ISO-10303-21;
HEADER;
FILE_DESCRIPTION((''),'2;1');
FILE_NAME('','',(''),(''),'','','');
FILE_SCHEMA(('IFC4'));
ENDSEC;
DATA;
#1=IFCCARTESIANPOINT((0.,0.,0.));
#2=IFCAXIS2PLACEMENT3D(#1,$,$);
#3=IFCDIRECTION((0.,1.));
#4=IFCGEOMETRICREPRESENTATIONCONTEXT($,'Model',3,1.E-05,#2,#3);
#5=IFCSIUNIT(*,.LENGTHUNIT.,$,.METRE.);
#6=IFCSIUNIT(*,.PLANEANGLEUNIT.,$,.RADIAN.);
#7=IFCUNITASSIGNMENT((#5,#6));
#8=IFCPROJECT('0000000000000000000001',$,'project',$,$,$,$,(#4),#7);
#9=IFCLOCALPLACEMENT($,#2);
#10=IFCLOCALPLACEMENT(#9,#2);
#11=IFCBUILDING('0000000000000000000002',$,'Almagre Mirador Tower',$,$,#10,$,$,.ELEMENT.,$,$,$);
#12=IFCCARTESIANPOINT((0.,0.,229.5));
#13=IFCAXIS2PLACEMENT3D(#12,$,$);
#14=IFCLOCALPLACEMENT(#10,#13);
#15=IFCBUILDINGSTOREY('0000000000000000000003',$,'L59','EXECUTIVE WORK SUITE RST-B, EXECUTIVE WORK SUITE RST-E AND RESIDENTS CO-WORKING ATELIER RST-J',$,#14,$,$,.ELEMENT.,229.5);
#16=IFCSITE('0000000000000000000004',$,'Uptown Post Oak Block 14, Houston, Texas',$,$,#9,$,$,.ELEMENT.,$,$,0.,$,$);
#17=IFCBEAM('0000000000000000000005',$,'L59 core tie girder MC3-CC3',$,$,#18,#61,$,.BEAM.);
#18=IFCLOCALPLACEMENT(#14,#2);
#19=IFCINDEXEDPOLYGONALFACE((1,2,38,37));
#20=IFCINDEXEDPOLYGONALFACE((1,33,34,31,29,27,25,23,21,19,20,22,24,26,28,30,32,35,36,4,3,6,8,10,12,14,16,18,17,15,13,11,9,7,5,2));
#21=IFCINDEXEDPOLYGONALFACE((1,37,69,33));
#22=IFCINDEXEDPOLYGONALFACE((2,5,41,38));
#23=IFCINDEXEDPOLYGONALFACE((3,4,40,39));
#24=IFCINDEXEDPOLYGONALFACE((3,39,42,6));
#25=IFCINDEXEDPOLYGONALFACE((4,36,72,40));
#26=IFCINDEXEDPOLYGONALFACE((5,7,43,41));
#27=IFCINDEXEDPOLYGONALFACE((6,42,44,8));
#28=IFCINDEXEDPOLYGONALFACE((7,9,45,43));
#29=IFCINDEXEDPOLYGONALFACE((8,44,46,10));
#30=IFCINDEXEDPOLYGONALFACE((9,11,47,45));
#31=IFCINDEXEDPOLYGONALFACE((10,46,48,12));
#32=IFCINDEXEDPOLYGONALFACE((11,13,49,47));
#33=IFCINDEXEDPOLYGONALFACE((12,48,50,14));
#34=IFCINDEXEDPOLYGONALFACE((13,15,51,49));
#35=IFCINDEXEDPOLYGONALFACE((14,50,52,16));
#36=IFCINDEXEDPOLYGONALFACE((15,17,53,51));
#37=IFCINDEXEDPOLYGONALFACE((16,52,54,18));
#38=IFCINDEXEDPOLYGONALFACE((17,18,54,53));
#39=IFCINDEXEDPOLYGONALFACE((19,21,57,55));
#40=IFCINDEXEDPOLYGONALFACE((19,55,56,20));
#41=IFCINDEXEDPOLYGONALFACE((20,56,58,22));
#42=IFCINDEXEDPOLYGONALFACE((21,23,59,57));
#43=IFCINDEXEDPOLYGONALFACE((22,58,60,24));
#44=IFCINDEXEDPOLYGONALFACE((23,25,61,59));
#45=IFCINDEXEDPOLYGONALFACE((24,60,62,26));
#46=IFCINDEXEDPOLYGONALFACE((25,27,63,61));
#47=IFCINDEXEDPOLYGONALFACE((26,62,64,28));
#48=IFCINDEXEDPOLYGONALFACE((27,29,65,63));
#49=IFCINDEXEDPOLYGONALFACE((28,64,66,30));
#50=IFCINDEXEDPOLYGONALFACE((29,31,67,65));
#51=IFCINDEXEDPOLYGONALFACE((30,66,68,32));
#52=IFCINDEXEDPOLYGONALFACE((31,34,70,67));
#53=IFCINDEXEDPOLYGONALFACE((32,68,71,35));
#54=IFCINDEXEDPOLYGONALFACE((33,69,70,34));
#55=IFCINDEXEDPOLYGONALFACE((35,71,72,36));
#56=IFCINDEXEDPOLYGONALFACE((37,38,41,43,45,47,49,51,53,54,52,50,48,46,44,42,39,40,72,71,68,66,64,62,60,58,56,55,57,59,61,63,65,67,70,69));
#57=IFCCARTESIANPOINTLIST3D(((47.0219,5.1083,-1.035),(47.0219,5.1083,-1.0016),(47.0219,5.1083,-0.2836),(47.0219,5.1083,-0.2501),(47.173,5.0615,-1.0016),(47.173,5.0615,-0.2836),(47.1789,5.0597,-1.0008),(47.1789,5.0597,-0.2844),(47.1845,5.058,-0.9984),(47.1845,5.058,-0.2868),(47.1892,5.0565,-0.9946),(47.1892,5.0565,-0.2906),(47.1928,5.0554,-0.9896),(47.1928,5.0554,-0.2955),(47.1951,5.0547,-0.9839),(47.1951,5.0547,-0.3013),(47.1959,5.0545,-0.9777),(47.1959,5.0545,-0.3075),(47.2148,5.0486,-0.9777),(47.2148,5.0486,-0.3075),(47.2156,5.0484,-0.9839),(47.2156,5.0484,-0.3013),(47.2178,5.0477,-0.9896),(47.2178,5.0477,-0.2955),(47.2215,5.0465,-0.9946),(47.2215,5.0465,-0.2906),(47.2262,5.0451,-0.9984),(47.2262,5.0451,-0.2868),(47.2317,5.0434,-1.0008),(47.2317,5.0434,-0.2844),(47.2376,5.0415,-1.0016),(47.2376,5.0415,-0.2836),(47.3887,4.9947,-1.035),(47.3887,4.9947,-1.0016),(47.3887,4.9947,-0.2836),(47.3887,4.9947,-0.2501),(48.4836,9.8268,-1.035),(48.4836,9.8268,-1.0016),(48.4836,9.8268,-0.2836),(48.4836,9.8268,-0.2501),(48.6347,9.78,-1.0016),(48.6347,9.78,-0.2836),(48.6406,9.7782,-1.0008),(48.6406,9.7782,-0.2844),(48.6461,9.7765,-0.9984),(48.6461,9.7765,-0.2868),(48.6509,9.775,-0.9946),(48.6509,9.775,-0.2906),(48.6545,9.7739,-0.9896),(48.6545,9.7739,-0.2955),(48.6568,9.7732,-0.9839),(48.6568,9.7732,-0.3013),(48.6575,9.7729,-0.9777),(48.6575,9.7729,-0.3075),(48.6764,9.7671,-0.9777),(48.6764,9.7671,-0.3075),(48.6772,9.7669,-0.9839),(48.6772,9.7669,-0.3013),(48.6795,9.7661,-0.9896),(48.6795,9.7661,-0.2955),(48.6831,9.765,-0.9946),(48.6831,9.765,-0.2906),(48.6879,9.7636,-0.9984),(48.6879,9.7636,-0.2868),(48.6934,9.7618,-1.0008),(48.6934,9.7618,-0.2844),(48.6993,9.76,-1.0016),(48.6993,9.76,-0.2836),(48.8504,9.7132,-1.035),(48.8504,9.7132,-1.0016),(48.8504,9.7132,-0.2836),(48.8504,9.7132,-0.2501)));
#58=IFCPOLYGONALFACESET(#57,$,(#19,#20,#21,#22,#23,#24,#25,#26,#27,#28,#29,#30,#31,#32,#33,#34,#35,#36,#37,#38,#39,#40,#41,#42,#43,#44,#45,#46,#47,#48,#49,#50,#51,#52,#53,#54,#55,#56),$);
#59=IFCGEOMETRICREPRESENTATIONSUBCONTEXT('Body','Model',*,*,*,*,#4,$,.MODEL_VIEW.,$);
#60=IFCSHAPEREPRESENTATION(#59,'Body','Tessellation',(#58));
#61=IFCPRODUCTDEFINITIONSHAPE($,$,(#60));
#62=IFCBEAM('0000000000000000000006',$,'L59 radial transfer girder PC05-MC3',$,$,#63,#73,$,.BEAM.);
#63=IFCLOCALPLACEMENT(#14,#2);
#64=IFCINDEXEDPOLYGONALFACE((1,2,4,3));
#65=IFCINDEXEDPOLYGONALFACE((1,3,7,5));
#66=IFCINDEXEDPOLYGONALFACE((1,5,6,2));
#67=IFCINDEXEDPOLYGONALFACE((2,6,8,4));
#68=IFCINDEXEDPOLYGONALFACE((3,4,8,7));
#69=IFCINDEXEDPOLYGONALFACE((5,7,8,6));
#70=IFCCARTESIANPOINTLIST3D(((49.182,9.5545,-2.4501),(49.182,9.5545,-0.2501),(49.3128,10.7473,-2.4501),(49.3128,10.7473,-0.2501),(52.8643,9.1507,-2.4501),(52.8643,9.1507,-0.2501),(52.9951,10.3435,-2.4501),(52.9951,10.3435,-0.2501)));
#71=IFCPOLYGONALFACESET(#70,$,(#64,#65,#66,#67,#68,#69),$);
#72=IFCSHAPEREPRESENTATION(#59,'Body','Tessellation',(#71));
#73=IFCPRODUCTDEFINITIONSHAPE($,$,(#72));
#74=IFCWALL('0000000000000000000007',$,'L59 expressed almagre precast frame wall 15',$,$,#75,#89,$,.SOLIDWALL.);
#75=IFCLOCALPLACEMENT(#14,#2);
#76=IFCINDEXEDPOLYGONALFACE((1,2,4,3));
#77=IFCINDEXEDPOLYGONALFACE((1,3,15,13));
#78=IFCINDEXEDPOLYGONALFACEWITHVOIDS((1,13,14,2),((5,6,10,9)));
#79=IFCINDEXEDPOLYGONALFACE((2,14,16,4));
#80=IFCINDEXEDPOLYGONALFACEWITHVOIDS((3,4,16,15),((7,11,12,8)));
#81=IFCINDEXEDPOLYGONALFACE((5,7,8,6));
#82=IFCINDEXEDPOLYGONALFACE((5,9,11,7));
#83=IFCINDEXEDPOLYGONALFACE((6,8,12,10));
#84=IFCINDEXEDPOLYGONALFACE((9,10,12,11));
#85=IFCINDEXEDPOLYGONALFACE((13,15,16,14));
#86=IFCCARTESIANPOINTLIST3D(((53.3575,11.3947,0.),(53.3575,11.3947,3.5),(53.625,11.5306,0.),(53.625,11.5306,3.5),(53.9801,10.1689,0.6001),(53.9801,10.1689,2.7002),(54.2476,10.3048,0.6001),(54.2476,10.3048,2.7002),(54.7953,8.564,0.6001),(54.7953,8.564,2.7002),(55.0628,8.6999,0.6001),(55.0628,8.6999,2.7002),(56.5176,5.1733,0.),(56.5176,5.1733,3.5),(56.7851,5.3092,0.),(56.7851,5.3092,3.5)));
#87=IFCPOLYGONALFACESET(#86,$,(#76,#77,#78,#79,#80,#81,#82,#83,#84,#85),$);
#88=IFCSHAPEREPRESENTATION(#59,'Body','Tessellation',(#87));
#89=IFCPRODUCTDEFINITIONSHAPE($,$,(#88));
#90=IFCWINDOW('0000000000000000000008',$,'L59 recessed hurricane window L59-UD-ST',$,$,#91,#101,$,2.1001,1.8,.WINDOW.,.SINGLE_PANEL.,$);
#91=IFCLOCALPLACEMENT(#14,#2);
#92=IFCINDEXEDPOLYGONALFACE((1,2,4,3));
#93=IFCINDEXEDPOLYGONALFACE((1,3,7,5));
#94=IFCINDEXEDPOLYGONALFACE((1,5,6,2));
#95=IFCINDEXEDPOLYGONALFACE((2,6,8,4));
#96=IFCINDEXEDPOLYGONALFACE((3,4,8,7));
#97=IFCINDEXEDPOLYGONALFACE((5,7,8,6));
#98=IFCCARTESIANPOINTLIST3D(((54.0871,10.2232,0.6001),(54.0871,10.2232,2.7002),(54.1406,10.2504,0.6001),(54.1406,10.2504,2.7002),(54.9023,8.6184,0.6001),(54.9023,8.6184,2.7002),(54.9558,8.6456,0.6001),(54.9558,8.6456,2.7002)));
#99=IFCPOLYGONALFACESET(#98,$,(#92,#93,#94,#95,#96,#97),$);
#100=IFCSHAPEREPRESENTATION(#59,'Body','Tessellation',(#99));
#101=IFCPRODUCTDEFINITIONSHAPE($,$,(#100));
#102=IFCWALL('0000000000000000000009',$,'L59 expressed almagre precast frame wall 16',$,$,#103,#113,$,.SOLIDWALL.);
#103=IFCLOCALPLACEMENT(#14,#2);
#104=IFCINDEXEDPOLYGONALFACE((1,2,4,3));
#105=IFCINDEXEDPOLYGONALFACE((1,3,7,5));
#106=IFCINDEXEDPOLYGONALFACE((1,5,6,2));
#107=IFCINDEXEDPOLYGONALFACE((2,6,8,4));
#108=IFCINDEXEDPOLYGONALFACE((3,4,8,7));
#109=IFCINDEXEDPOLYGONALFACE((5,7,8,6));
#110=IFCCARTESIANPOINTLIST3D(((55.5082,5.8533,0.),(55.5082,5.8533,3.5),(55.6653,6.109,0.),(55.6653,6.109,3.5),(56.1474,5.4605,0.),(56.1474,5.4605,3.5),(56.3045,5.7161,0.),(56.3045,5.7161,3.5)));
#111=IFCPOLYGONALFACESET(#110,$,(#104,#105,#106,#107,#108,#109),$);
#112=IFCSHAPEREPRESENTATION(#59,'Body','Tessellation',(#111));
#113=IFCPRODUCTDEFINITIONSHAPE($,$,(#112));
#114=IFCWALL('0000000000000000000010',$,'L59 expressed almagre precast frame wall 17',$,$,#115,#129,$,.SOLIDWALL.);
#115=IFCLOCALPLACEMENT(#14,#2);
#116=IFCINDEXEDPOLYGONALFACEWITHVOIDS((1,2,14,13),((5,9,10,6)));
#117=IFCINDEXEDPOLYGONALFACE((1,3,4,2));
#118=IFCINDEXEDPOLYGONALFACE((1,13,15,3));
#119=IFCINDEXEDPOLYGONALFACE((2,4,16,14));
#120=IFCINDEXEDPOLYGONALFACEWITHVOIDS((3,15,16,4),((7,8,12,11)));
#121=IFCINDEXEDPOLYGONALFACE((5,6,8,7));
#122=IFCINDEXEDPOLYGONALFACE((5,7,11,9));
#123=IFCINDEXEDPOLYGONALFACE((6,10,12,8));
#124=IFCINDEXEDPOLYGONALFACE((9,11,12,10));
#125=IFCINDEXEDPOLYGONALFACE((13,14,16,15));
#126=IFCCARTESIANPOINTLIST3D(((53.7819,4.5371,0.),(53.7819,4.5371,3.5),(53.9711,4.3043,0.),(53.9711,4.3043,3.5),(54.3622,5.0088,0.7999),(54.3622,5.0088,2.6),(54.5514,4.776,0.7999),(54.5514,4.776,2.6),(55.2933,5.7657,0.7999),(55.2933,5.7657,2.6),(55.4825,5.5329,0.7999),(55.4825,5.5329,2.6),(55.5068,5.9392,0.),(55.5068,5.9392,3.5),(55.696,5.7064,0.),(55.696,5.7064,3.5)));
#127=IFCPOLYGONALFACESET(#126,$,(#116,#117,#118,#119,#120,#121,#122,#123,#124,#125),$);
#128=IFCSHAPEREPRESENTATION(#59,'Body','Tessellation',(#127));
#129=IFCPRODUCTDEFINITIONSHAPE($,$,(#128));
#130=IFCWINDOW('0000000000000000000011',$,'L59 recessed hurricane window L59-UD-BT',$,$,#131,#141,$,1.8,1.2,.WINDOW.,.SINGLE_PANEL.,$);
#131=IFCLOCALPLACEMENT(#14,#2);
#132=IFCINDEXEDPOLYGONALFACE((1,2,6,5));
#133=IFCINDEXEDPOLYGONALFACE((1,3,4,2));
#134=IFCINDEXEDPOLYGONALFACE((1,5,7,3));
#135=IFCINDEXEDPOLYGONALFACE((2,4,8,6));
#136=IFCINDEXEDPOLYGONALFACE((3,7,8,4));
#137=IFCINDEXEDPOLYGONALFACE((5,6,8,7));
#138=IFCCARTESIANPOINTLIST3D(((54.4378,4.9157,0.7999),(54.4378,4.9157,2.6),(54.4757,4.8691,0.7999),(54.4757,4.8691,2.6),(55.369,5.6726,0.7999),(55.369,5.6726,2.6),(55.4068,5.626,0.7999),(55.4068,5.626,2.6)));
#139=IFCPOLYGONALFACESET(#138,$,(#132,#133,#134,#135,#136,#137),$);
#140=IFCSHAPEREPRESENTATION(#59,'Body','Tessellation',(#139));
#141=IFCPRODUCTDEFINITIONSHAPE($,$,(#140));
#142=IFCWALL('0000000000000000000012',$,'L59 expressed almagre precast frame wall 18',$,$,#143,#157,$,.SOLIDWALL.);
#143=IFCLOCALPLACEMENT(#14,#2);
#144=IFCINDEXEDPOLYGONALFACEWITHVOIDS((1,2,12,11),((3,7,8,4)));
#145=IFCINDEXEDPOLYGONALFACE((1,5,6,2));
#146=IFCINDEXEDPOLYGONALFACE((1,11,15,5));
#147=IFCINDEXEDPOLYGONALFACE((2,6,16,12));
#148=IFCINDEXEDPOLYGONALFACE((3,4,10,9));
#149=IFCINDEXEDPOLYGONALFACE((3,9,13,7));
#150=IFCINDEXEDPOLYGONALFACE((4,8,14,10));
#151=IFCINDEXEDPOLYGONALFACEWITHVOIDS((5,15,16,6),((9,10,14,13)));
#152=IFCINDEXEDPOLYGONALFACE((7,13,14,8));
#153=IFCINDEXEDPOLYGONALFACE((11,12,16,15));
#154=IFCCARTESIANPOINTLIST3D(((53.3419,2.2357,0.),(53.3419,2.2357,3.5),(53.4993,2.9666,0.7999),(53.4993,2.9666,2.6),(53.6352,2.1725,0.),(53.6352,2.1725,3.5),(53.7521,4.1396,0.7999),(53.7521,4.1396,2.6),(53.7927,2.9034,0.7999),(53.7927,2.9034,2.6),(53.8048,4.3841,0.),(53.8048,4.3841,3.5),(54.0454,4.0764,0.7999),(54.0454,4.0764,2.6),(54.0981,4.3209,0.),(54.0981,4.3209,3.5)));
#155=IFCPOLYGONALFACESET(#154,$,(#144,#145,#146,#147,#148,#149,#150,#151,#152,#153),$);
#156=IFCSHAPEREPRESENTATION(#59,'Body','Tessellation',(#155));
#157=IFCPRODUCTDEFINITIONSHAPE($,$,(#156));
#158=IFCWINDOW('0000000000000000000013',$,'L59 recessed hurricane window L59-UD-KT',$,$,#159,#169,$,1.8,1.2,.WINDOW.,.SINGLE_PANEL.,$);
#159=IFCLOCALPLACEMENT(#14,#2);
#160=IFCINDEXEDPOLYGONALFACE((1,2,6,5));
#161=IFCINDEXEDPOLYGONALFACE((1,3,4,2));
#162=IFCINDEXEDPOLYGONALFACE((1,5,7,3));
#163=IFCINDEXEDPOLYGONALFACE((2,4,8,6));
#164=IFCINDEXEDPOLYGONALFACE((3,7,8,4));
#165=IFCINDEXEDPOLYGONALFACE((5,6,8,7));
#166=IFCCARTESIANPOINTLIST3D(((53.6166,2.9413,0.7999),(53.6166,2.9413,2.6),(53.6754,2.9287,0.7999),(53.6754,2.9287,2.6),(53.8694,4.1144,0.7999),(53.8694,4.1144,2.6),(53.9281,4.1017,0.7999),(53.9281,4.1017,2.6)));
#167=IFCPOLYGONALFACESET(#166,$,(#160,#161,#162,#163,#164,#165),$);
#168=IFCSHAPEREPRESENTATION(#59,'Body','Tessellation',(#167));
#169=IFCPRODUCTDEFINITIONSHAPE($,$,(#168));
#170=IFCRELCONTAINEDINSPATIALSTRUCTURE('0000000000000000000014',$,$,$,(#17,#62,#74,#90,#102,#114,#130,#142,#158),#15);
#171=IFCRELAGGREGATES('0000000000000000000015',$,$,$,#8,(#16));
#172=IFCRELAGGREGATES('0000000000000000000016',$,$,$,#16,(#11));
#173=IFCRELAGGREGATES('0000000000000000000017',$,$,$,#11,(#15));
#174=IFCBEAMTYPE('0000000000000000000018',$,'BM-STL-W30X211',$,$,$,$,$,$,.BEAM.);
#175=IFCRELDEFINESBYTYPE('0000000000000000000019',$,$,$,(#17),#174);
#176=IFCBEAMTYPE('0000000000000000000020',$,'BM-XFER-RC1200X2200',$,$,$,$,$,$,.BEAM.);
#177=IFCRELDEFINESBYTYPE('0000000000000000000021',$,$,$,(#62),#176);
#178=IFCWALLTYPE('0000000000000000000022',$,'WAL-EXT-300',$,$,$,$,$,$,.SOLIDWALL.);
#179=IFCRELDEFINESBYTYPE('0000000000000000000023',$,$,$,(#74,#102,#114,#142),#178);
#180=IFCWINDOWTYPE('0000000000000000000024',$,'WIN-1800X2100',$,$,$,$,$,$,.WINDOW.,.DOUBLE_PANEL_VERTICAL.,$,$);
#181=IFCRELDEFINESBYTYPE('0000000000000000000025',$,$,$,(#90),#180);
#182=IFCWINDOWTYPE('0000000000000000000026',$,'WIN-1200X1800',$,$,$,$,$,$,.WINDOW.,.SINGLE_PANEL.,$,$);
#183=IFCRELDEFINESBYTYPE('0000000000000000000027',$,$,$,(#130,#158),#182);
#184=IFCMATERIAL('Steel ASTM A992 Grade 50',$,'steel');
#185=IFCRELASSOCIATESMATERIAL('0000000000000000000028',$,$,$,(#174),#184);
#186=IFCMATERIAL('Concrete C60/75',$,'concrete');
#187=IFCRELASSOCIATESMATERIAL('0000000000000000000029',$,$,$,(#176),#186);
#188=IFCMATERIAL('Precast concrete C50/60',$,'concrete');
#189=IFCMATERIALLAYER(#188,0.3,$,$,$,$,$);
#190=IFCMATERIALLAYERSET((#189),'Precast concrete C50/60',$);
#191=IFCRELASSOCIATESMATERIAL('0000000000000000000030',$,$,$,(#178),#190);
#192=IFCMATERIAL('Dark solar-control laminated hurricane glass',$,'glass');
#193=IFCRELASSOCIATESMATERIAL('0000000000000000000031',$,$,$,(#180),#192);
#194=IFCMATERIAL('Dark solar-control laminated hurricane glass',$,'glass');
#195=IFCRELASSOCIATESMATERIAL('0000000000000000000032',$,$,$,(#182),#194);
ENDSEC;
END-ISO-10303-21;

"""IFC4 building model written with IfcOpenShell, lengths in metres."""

from ifc_helpers import new_model, si_unit, direction, frame, frame_2d, origin, origin_2d, place, context, subcontext, project, spatial, rectangle, i_section, extrude, material, layer, layer_set, material_profile, profile_set, type_object, element, fill, save


model = new_model("IFC4")

# Units and contexts
model_context = context("Model", 3, precision=1e-05, world=origin(), true_north=direction((0.0, 1.0)))
body_context = subcontext(model_context, "Body", "Model", "MODEL_VIEW")
ifc_project = project(units=[si_unit("LENGTHUNIT", "METRE"), si_unit("PLANEANGLEUNIT", "RADIAN")], contexts=[model_context])

# Site, building, storey
site_placement = place(None, origin())
site = spatial("IfcSite", under=ifc_project, at=site_placement, Name="Uptown Post Oak Block 14, Houston, Texas", CompositionType="ELEMENT", RefElevation=0.0)
building_placement = place(site_placement, origin())
building = spatial("IfcBuilding", under=site, at=building_placement, Name="Almagre Mirador Tower", CompositionType="ELEMENT")
storey_placement = place(building_placement, frame((0.0, 0.0, 229.5)))
storey = spatial("IfcBuildingStorey", under=building, at=storey_placement, Name="L59", Description="EXECUTIVE WORK SUITE RST-B, EXECUTIVE WORK SUITE RST-E AND RESIDENTS CO-WORKING ATELIER RST-J", CompositionType="ELEMENT", Elevation=229.5)

# Beams
ifc_material_1 = material(Name="Steel ASTM A992 Grade 50", Category="steel")
ifc_material_profile_1 = material_profile(ifc_material_1, i_section(OverallWidth=0.384, OverallDepth=0.7849, WebThickness=0.0198, FlangeThickness=0.0334, FilletRadius=0.0239, at=origin_2d()), Name="W30X211")
ifc_profile_set_1 = profile_set([ifc_material_profile_1], Name="Steel ASTM A992 Grade 50")
beam_type_1 = type_object("IfcBeamType", Name="BM-STL-W30X211", PredefinedType="BEAM", material=ifc_profile_set_1)
beam_1_placement = place(storey_placement, frame((48.667, 9.77, -0.6426), z_axis=(-0.295902, -0.955218, 0.0), x_axis=(0.955218, -0.295902, 0.0)))
element("IfcBeam", 1, at=beam_1_placement, inside=storey, type_object=beam_type_1, Name="L59 core tie girder MC3-CC3", PredefinedType="BEAM", context=body_context, shape_type="SweptSolid", body=[
    extrude(i_section(OverallWidth=0.384, OverallDepth=0.7849, WebThickness=0.0198, FlangeThickness=0.0334, FilletRadius=0.0239, at=origin_2d()), origin(), (0.0, 0.0, 1.0), 4.9397),
])
ifc_material_2 = material(Name="Concrete C60/75", Category="concrete")
ifc_material_profile_2 = material_profile(ifc_material_2, rectangle(XDim=1.2, YDim=2.2, at=origin_2d()), Name="RC1200X2200")
ifc_profile_set_2 = profile_set([ifc_material_profile_2], Name="Concrete C60/75")
beam_type_2 = type_object("IfcBeamType", Name="BM-XFER-RC1200X2200", PredefinedType="BEAM", material=ifc_profile_set_2)
beam_2_placement = place(storey_placement, frame((52.9297, 9.7471, -1.3501), z_axis=(-0.994041, 0.109006, 0.0), x_axis=(-0.109006, -0.994041, 0.0)))
element("IfcBeam", 2, at=beam_2_placement, inside=storey, type_object=beam_type_2, Name="L59 radial transfer girder PC05-MC3", PredefinedType="BEAM", context=body_context, shape_type="SweptSolid", body=[
    extrude(rectangle(XDim=1.2, YDim=2.2, at=origin_2d()), origin(), (0.0, 0.0, 1.0), 3.7043),
])

# Wall, opening, window
ifc_material_3 = material(Name="Precast concrete C50/60", Category="concrete")
ifc_layer_1 = layer(ifc_material_3, 0.3)
ifc_layer_set_1 = layer_set([ifc_layer_1], Name="Precast concrete C50/60")
wall_type_1 = type_object("IfcWallType", Name="WAL-EXT-300", PredefinedType="SOLIDWALL", material=ifc_layer_set_1)
wall_1_placement = place(storey_placement, frame((53.4912, 11.4626, 0.0), z_axis=(0.0, 0.0, 1.0), x_axis=(0.452873, -0.891575, 0.0)))
wall_1 = element("IfcWall", 3, at=wall_1_placement, inside=storey, type_object=wall_type_1, Name="L59 expressed almagre precast frame wall 15", PredefinedType="SOLIDWALL", context=body_context, shape_type="SweptSolid", body=[
    extrude(rectangle(XDim=6.978, YDim=0.3, at=frame_2d((3.489, 0.0))), origin(), (0.0, 0.0, 1.0), 3.5),
])
opening_1_placement = place(wall_1_placement, frame((1.375, 0.0, 0.6001)))
opening_1 = element("IfcOpeningElement", 4, at=opening_1_placement, cuts=wall_1, PredefinedType="OPENING", context=body_context, shape_type="SweptSolid", body=[
    extrude(rectangle(XDim=1.8, YDim=2.1001, at=frame_2d((0.8999, 1.05))), frame((0.0, 0.1599, 0.0), z_axis=(0.0, -1.0, 0.0), x_axis=(1.0, 0.0, 0.0)), (0.0, 0.0, 1.0), 0.32),
])
ifc_material_4 = material(Name="Dark solar-control laminated hurricane glass", Category="glass")
window_type_1 = type_object("IfcWindowType", Name="WIN-1800X2100", PartitioningType="DOUBLE_PANEL_VERTICAL", PredefinedType="WINDOW", material=ifc_material_4)
window_1_placement = place(opening_1_placement, origin())
window_1 = element("IfcWindow", 5, at=window_1_placement, inside=storey, type_object=window_type_1, Name="L59 recessed hurricane window L59-UD-ST", OverallHeight=2.1001, OverallWidth=1.8, PartitioningType="SINGLE_PANEL", PredefinedType="WINDOW", context=body_context, shape_type="SweptSolid", body=[
    extrude(rectangle(XDim=1.8, YDim=2.1001, at=frame_2d((0.8999, 1.05))), frame((0.0, 0.03, 0.0), z_axis=(0.0, -1.0, 0.0), x_axis=(1.0, 0.0, 0.0)), (0.0, 0.0, 1.0), 0.0601),
])
fill(opening_1, window_1)

# Wall
wall_2_placement = place(storey_placement, frame((56.2258, 5.5884, 0.0), z_axis=(0.0, 0.0, 1.0), x_axis=(-0.85196, 0.523607, 0.0)))
element("IfcWall", 6, at=wall_2_placement, inside=storey, type_object=wall_type_1, Name="L59 expressed almagre precast frame wall 16", PredefinedType="SOLIDWALL", context=body_context, shape_type="SweptSolid", body=[
    extrude(rectangle(XDim=0.7502, YDim=0.3, at=frame_2d((0.375, 0.0))), origin(), (0.0, 0.0, 1.0), 3.5),
])

# Walls, openings, windows
wall_3_placement = place(storey_placement, frame((55.6013, 5.8228, 0.0), z_axis=(0.0, 0.0, 1.0), x_axis=(-0.77597, -0.63077, 0.0)))
wall_3 = element("IfcWall", 7, at=wall_3_placement, inside=storey, type_object=wall_type_1, Name="L59 expressed almagre precast frame wall 17", PredefinedType="SOLIDWALL", context=body_context, shape_type="SweptSolid", body=[
    extrude(rectangle(XDim=2.2229, YDim=0.3, at=frame_2d((1.1113, 0.0))), origin(), (0.0, 0.0, 1.0), 3.5),
])
opening_2_placement = place(wall_3_placement, frame((0.2749, 0.0, 0.8)))
opening_2 = element("IfcOpeningElement", 8, at=opening_2_placement, cuts=wall_3, PredefinedType="OPENING", context=body_context, shape_type="SweptSolid", body=[
    extrude(rectangle(XDim=1.2, YDim=1.8, at=frame_2d((0.6001, 0.8999))), frame((0.0, 0.1599, 0.0), z_axis=(0.0, -1.0, 0.0), x_axis=(1.0, 0.0, 0.0)), (0.0, 0.0, 1.0), 0.32),
])
ifc_material_5 = material(Name="Dark solar-control laminated hurricane glass", Category="glass")
window_type_2 = type_object("IfcWindowType", Name="WIN-1200X1800", PartitioningType="SINGLE_PANEL", PredefinedType="WINDOW", material=ifc_material_5)
window_2_placement = place(opening_2_placement, origin())
window_2 = element("IfcWindow", 9, at=window_2_placement, inside=storey, type_object=window_type_2, Name="L59 recessed hurricane window L59-UD-BT", OverallHeight=1.8, OverallWidth=1.2, PartitioningType="SINGLE_PANEL", PredefinedType="WINDOW", context=body_context, shape_type="SweptSolid", body=[
    extrude(rectangle(XDim=1.2, YDim=1.8, at=frame_2d((0.6001, 0.8999))), frame((0.0, 0.03, 0.0), z_axis=(0.0, -1.0, 0.0), x_axis=(1.0, 0.0, 0.0)), (0.0, 0.0, 1.0), 0.0601),
])
fill(opening_2, window_2)
wall_4_placement = place(storey_placement, frame((53.9514, 4.3525, 0.0), z_axis=(0.0, 0.0, 1.0), x_axis=(-0.210621, -0.977568, 0.0)))
wall_4 = element("IfcWall", 10, at=wall_4_placement, inside=storey, type_object=wall_type_1, Name="L59 expressed almagre precast frame wall 18", PredefinedType="SOLIDWALL", context=body_context, shape_type="SweptSolid", body=[
    extrude(rectangle(XDim=2.1978, YDim=0.3, at=frame_2d((1.0989, 0.0))), origin(), (0.0, 0.0, 1.0), 3.5),
])
opening_3_placement = place(wall_4_placement, frame((0.25, 0.0, 0.8)))
opening_3 = element("IfcOpeningElement", 11, at=opening_3_placement, cuts=wall_4, PredefinedType="OPENING", context=body_context, shape_type="SweptSolid", body=[
    extrude(rectangle(XDim=1.2, YDim=1.8, at=frame_2d((0.6001, 0.8999))), frame((0.0, 0.1599, 0.0), z_axis=(0.0, -1.0, 0.0), x_axis=(1.0, 0.0, 0.0)), (0.0, 0.0, 1.0), 0.32),
])
window_3_placement = place(opening_3_placement, origin())
window_3 = element("IfcWindow", 12, at=window_3_placement, inside=storey, type_object=window_type_2, Name="L59 recessed hurricane window L59-UD-KT", OverallHeight=1.8, OverallWidth=1.2, PartitioningType="SINGLE_PANEL", PredefinedType="WINDOW", context=body_context, shape_type="SweptSolid", body=[
    extrude(rectangle(XDim=1.2, YDim=1.8, at=frame_2d((0.6001, 0.8999))), frame((0.0, 0.03, 0.0), z_axis=(0.0, -1.0, 0.0), x_axis=(1.0, 0.0, 0.0)), (0.0, 0.0, 1.0), 0.0601),
])
fill(opening_3, window_3)

save(model, "model.ifc")
